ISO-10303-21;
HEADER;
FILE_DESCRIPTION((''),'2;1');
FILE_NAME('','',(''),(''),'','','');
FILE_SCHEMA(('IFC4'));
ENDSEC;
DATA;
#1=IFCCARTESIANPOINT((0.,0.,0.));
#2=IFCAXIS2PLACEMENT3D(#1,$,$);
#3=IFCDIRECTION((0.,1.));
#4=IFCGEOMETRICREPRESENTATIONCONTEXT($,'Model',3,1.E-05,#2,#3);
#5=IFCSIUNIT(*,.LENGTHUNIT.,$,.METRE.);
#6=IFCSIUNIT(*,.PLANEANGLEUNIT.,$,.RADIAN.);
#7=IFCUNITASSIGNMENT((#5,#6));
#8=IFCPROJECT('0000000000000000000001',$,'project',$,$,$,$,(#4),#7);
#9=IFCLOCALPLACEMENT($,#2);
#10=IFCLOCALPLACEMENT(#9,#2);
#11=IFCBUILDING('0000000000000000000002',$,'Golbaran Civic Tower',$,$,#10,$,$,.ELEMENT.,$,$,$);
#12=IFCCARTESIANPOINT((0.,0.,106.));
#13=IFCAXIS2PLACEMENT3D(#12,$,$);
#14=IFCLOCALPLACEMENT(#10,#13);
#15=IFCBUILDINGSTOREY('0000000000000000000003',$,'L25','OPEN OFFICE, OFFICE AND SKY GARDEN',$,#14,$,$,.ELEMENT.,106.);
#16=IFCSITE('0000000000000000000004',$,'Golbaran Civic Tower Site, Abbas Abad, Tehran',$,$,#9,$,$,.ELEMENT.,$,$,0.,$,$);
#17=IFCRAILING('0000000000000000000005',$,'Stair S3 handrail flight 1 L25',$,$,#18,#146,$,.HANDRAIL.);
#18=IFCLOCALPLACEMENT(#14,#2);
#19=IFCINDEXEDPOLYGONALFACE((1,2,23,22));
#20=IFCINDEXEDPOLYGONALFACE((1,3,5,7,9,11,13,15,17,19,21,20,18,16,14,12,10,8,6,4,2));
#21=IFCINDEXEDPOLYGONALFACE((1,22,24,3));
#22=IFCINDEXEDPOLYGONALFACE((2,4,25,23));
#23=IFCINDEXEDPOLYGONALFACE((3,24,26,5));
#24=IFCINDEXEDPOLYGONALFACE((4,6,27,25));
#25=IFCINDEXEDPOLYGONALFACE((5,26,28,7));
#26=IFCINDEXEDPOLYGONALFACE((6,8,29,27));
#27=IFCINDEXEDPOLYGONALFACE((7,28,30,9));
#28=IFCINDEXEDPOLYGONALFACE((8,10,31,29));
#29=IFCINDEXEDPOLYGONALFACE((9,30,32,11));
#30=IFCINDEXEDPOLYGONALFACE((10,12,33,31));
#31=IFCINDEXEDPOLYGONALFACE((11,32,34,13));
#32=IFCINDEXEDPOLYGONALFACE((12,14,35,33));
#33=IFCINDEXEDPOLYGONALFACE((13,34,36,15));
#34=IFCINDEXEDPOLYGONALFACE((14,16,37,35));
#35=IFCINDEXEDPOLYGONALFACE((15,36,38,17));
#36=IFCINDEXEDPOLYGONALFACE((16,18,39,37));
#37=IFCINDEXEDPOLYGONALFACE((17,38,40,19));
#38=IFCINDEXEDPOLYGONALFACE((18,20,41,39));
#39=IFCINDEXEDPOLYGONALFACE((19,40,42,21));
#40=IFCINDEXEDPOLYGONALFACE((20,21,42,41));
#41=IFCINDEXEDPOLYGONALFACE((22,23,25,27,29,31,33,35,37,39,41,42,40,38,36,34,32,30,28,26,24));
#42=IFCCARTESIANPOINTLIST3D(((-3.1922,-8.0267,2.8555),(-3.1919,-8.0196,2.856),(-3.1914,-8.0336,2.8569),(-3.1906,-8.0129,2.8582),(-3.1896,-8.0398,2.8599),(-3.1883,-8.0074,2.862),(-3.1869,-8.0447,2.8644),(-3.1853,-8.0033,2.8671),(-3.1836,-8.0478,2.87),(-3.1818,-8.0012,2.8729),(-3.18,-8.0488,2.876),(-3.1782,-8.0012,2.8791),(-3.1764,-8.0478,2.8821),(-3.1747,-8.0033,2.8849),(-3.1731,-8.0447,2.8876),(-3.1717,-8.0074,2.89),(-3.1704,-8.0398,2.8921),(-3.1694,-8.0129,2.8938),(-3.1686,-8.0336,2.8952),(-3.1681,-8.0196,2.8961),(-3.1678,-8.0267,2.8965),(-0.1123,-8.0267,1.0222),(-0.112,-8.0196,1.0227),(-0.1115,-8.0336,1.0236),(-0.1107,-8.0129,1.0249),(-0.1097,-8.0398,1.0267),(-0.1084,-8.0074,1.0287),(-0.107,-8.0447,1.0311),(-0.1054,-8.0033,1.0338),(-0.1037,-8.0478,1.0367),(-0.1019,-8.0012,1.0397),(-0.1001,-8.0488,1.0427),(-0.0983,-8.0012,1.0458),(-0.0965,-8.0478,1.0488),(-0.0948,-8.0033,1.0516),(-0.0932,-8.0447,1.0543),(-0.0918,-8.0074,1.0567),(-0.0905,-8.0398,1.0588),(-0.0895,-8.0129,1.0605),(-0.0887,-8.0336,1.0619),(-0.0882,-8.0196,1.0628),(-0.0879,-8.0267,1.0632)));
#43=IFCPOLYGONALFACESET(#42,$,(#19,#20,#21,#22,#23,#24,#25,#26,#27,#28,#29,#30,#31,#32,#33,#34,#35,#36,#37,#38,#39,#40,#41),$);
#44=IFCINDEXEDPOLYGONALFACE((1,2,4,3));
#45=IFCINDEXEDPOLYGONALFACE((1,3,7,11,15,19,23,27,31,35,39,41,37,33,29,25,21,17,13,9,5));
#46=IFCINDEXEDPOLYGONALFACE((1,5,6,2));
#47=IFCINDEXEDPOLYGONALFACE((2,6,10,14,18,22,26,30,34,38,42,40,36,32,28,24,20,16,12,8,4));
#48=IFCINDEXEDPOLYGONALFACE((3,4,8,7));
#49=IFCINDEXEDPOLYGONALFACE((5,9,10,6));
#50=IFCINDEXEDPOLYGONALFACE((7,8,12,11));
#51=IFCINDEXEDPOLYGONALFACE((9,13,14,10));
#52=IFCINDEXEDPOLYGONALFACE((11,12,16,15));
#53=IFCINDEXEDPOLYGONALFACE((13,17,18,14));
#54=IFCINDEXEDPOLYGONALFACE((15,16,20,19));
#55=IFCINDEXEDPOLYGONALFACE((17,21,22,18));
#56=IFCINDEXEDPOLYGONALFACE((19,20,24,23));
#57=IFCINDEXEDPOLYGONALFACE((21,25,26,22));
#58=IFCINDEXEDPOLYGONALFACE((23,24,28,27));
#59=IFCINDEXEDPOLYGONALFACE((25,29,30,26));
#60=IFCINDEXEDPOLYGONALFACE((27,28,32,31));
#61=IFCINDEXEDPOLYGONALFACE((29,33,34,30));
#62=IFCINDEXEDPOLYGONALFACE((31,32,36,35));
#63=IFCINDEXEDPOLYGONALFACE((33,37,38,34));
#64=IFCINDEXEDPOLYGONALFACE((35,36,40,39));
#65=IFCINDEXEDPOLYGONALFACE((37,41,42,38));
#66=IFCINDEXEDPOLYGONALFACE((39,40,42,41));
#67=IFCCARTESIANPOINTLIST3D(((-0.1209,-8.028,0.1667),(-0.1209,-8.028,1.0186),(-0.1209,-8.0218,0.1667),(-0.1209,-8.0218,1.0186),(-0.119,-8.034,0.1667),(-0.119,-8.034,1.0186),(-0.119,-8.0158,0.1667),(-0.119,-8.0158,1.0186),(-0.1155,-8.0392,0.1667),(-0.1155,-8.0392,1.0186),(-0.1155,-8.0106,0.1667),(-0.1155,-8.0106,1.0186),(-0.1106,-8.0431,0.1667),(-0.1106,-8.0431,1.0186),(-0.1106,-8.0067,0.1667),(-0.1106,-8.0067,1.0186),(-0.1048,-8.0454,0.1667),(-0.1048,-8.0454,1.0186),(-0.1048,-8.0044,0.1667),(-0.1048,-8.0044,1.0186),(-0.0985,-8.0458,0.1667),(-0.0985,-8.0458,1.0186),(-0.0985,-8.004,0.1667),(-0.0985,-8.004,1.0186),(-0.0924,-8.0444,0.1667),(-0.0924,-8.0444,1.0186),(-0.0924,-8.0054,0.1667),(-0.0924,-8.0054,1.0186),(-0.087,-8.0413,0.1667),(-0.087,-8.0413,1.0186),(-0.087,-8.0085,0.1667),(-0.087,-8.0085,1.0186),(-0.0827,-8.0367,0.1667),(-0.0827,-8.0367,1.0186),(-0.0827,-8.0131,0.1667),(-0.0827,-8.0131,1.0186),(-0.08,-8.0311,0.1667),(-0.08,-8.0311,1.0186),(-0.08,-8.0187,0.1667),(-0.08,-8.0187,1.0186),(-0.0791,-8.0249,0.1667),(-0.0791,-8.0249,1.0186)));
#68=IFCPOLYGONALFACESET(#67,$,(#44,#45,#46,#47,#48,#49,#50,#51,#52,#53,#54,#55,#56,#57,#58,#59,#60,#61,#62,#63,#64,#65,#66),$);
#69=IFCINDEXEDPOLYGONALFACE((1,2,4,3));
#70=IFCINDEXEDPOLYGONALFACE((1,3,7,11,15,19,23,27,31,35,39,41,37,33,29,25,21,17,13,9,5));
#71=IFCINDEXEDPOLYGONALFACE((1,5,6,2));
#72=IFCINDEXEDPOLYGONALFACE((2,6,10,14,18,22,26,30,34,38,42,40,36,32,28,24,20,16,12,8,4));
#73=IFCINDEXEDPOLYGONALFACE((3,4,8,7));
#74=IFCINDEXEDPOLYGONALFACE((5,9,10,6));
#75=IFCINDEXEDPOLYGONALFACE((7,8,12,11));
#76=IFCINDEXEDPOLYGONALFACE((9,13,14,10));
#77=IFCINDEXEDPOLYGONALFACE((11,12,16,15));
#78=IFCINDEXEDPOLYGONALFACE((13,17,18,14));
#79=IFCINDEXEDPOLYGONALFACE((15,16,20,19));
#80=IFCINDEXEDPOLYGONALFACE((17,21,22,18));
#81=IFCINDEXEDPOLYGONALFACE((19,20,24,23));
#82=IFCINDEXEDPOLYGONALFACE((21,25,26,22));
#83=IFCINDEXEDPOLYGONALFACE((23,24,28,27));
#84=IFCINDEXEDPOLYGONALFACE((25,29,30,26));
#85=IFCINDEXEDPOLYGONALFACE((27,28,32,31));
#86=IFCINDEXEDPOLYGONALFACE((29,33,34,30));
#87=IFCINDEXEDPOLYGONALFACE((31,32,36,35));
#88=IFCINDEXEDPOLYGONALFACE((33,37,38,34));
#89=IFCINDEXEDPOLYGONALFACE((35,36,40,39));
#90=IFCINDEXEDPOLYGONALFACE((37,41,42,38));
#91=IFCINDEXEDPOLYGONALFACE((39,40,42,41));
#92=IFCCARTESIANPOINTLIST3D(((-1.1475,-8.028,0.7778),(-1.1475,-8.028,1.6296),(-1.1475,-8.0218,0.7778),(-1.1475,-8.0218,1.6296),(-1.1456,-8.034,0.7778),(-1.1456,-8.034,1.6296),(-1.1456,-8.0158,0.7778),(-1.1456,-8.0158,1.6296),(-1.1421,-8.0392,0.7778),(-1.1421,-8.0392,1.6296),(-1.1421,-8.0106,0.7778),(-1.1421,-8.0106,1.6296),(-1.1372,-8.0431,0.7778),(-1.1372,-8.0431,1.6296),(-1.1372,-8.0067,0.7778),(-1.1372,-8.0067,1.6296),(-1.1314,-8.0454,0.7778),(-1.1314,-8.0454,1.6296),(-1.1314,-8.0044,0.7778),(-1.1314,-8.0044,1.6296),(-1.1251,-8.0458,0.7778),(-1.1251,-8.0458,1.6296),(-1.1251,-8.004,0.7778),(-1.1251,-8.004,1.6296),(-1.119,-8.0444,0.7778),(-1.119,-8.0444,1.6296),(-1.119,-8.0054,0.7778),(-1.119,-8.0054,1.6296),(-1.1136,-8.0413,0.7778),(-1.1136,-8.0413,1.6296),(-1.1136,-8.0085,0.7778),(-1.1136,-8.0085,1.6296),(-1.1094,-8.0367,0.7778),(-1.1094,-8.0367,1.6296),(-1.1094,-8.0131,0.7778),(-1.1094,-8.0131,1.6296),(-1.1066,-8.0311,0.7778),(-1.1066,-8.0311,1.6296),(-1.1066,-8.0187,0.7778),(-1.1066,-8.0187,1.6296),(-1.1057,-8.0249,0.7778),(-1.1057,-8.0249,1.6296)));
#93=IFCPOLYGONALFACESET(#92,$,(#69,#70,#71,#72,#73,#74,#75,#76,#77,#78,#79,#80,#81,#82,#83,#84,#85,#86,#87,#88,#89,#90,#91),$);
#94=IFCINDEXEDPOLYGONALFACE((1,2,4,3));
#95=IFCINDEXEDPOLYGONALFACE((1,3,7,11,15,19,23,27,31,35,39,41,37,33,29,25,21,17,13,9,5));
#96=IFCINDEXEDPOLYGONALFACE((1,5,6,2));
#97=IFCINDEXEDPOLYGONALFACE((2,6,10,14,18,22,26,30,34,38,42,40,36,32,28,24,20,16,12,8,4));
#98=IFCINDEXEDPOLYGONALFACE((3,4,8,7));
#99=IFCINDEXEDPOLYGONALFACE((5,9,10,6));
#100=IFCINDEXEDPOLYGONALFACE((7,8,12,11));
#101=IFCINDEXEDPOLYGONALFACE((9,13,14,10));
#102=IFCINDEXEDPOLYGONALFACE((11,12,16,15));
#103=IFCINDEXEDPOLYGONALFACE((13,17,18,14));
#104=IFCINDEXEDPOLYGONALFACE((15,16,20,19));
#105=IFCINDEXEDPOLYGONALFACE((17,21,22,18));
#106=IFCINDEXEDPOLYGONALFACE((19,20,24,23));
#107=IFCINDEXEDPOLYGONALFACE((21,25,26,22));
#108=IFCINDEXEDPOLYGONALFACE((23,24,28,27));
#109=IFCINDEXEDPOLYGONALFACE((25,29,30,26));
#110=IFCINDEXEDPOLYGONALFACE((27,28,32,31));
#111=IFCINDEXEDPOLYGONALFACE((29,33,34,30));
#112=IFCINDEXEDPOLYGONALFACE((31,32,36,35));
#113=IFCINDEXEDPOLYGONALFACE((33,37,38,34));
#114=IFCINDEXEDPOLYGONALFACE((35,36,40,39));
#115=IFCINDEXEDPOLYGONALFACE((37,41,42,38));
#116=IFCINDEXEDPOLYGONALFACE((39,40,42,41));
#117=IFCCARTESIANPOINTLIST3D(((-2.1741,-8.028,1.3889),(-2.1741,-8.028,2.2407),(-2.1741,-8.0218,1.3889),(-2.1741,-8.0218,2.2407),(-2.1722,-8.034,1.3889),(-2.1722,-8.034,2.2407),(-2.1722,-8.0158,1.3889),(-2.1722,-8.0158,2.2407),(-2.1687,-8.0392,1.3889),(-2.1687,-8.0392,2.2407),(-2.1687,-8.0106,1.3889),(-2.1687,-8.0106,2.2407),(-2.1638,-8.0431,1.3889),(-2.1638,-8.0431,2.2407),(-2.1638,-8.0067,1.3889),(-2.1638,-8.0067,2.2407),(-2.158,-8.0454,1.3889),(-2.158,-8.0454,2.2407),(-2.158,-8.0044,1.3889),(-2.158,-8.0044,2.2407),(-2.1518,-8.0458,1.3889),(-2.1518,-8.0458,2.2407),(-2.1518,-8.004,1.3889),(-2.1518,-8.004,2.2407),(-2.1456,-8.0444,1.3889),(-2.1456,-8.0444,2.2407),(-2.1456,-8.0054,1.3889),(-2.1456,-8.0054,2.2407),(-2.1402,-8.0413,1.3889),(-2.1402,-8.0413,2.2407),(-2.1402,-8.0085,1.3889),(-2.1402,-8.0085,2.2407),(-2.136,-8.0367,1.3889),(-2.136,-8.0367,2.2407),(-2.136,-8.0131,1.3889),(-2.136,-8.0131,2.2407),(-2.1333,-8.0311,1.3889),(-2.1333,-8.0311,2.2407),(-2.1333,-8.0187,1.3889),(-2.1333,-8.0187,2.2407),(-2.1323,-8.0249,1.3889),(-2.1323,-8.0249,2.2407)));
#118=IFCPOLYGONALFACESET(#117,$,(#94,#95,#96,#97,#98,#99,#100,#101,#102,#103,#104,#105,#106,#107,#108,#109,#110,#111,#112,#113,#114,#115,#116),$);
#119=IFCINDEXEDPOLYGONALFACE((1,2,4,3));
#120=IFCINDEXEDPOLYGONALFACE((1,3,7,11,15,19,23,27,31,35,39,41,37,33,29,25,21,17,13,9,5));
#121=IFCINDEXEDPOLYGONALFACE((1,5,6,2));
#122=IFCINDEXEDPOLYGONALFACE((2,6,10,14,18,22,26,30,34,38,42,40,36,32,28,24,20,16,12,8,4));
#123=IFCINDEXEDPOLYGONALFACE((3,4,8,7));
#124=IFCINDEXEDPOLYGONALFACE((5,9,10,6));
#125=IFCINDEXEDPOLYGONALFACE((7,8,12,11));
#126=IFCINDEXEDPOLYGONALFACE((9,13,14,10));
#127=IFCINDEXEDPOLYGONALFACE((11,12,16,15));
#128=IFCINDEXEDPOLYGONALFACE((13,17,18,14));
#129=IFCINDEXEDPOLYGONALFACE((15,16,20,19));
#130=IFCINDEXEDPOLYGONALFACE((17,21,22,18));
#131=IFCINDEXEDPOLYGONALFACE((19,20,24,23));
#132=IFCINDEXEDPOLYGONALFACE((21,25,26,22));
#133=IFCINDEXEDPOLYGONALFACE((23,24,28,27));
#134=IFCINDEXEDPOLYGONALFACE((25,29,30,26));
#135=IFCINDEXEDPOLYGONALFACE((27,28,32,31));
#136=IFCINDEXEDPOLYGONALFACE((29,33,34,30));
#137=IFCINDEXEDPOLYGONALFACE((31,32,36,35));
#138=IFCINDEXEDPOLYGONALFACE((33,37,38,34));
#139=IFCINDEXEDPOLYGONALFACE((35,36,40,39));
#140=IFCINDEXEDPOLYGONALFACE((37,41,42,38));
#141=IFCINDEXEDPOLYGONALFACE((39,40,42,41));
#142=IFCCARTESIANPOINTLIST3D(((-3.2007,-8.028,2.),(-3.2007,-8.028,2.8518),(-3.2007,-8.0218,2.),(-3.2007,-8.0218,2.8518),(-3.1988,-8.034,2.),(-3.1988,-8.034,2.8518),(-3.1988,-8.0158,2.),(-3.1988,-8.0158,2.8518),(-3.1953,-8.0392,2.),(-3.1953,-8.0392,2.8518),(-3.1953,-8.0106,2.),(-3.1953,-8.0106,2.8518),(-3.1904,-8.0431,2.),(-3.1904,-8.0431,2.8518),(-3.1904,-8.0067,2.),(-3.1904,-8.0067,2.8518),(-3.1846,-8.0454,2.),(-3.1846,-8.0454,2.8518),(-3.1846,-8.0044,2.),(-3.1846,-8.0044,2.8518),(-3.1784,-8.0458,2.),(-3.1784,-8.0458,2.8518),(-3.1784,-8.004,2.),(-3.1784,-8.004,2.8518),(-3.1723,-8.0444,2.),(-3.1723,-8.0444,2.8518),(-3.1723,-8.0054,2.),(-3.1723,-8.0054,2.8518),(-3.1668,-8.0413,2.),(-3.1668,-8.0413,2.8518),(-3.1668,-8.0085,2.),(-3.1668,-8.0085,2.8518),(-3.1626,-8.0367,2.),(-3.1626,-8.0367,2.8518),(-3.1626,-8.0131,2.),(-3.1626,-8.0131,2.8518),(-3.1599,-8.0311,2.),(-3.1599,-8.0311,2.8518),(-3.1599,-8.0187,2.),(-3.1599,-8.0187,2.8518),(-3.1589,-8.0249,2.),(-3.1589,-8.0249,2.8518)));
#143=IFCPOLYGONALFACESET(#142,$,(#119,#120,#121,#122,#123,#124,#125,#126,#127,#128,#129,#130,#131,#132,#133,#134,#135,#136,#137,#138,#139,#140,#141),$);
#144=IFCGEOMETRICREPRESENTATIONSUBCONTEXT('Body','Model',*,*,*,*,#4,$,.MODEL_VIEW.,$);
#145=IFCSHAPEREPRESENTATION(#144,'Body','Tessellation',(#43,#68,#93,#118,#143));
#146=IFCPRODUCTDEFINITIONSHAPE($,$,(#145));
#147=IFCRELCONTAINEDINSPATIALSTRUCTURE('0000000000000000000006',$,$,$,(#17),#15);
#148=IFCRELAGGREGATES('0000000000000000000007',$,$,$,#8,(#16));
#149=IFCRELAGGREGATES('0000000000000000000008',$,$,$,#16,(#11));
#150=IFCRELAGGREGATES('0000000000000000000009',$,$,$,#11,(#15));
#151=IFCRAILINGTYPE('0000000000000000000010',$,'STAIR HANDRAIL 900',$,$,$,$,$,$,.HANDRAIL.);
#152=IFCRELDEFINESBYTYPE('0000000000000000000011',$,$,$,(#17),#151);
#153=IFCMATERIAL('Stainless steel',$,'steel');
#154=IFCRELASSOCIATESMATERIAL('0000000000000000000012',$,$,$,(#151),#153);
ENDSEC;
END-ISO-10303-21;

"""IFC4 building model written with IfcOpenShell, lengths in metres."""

from ifc_helpers import new_model, si_unit, direction, frame, origin, origin_2d, place, context, subcontext, project, spatial, circle, extrude, material, type_object, element, save


model = new_model("IFC4")

# Units and contexts
model_context = context("Model", 3, precision=1e-05, world=origin(), true_north=direction((0.0, 1.0)))
body_context = subcontext(model_context, "Body", "Model", "MODEL_VIEW")
ifc_project = project(units=[si_unit("LENGTHUNIT", "METRE"), si_unit("PLANEANGLEUNIT", "RADIAN")], contexts=[model_context])

# Site, building, storey
site_placement = place(None, origin())
site = spatial("IfcSite", under=ifc_project, at=site_placement, Name="Golbaran Civic Tower Site, Abbas Abad, Tehran", CompositionType="ELEMENT", RefElevation=0.0)
building_placement = place(site_placement, origin())
building = spatial("IfcBuilding", under=site, at=building_placement, Name="Golbaran Civic Tower", CompositionType="ELEMENT")
storey_placement = place(building_placement, frame((0.0, 0.0, 106.0)))
storey = spatial("IfcBuildingStorey", under=building, at=storey_placement, Name="L25", Description="OPEN OFFICE, OFFICE AND SKY GARDEN", CompositionType="ELEMENT", Elevation=106.0)

# Shared definitions
ifc_material_1 = material(Name="Stainless steel", Category="steel")

# Railing
railing_type = type_object("IfcRailingType", Name="STAIR HANDRAIL 900", PredefinedType="HANDRAIL", material=ifc_material_1)
railing_1_placement = place(storey_placement, frame((-0.1001, -8.0249, 0.1667)))
element("IfcRailing", 1, at=railing_1_placement, inside=storey, type_object=railing_type, Name="Stair S3 handrail flight 1 L25", PredefinedType="HANDRAIL", context=body_context, shape_type="SweptSolid", body=[
    extrude(circle(Radius=0.0239, at=origin_2d()), frame((0.0, 0.0, 0.876), z_axis=(-0.859291, 0.0, 0.511487), x_axis=(0.0, -1.0, 0.0)), (0.0, 0.0, 1.0), 3.5842),
    extrude(circle(Radius=0.021, at=origin_2d()), origin(), (0.0, 0.0, 1.0), 0.8518),
    extrude(circle(Radius=0.021, at=origin_2d()), frame((-1.0266, 0.0, 0.6111)), (0.0, 0.0, 1.0), 0.8518),
    extrude(circle(Radius=0.021, at=origin_2d()), frame((-2.0532, 0.0, 1.2222)), (0.0, 0.0, 1.0), 0.8518),
    extrude(circle(Radius=0.021, at=origin_2d()), frame((-3.0798, 0.0, 1.8333)), (0.0, 0.0, 1.0), 0.8518),
])

save(model, "model.ifc")
